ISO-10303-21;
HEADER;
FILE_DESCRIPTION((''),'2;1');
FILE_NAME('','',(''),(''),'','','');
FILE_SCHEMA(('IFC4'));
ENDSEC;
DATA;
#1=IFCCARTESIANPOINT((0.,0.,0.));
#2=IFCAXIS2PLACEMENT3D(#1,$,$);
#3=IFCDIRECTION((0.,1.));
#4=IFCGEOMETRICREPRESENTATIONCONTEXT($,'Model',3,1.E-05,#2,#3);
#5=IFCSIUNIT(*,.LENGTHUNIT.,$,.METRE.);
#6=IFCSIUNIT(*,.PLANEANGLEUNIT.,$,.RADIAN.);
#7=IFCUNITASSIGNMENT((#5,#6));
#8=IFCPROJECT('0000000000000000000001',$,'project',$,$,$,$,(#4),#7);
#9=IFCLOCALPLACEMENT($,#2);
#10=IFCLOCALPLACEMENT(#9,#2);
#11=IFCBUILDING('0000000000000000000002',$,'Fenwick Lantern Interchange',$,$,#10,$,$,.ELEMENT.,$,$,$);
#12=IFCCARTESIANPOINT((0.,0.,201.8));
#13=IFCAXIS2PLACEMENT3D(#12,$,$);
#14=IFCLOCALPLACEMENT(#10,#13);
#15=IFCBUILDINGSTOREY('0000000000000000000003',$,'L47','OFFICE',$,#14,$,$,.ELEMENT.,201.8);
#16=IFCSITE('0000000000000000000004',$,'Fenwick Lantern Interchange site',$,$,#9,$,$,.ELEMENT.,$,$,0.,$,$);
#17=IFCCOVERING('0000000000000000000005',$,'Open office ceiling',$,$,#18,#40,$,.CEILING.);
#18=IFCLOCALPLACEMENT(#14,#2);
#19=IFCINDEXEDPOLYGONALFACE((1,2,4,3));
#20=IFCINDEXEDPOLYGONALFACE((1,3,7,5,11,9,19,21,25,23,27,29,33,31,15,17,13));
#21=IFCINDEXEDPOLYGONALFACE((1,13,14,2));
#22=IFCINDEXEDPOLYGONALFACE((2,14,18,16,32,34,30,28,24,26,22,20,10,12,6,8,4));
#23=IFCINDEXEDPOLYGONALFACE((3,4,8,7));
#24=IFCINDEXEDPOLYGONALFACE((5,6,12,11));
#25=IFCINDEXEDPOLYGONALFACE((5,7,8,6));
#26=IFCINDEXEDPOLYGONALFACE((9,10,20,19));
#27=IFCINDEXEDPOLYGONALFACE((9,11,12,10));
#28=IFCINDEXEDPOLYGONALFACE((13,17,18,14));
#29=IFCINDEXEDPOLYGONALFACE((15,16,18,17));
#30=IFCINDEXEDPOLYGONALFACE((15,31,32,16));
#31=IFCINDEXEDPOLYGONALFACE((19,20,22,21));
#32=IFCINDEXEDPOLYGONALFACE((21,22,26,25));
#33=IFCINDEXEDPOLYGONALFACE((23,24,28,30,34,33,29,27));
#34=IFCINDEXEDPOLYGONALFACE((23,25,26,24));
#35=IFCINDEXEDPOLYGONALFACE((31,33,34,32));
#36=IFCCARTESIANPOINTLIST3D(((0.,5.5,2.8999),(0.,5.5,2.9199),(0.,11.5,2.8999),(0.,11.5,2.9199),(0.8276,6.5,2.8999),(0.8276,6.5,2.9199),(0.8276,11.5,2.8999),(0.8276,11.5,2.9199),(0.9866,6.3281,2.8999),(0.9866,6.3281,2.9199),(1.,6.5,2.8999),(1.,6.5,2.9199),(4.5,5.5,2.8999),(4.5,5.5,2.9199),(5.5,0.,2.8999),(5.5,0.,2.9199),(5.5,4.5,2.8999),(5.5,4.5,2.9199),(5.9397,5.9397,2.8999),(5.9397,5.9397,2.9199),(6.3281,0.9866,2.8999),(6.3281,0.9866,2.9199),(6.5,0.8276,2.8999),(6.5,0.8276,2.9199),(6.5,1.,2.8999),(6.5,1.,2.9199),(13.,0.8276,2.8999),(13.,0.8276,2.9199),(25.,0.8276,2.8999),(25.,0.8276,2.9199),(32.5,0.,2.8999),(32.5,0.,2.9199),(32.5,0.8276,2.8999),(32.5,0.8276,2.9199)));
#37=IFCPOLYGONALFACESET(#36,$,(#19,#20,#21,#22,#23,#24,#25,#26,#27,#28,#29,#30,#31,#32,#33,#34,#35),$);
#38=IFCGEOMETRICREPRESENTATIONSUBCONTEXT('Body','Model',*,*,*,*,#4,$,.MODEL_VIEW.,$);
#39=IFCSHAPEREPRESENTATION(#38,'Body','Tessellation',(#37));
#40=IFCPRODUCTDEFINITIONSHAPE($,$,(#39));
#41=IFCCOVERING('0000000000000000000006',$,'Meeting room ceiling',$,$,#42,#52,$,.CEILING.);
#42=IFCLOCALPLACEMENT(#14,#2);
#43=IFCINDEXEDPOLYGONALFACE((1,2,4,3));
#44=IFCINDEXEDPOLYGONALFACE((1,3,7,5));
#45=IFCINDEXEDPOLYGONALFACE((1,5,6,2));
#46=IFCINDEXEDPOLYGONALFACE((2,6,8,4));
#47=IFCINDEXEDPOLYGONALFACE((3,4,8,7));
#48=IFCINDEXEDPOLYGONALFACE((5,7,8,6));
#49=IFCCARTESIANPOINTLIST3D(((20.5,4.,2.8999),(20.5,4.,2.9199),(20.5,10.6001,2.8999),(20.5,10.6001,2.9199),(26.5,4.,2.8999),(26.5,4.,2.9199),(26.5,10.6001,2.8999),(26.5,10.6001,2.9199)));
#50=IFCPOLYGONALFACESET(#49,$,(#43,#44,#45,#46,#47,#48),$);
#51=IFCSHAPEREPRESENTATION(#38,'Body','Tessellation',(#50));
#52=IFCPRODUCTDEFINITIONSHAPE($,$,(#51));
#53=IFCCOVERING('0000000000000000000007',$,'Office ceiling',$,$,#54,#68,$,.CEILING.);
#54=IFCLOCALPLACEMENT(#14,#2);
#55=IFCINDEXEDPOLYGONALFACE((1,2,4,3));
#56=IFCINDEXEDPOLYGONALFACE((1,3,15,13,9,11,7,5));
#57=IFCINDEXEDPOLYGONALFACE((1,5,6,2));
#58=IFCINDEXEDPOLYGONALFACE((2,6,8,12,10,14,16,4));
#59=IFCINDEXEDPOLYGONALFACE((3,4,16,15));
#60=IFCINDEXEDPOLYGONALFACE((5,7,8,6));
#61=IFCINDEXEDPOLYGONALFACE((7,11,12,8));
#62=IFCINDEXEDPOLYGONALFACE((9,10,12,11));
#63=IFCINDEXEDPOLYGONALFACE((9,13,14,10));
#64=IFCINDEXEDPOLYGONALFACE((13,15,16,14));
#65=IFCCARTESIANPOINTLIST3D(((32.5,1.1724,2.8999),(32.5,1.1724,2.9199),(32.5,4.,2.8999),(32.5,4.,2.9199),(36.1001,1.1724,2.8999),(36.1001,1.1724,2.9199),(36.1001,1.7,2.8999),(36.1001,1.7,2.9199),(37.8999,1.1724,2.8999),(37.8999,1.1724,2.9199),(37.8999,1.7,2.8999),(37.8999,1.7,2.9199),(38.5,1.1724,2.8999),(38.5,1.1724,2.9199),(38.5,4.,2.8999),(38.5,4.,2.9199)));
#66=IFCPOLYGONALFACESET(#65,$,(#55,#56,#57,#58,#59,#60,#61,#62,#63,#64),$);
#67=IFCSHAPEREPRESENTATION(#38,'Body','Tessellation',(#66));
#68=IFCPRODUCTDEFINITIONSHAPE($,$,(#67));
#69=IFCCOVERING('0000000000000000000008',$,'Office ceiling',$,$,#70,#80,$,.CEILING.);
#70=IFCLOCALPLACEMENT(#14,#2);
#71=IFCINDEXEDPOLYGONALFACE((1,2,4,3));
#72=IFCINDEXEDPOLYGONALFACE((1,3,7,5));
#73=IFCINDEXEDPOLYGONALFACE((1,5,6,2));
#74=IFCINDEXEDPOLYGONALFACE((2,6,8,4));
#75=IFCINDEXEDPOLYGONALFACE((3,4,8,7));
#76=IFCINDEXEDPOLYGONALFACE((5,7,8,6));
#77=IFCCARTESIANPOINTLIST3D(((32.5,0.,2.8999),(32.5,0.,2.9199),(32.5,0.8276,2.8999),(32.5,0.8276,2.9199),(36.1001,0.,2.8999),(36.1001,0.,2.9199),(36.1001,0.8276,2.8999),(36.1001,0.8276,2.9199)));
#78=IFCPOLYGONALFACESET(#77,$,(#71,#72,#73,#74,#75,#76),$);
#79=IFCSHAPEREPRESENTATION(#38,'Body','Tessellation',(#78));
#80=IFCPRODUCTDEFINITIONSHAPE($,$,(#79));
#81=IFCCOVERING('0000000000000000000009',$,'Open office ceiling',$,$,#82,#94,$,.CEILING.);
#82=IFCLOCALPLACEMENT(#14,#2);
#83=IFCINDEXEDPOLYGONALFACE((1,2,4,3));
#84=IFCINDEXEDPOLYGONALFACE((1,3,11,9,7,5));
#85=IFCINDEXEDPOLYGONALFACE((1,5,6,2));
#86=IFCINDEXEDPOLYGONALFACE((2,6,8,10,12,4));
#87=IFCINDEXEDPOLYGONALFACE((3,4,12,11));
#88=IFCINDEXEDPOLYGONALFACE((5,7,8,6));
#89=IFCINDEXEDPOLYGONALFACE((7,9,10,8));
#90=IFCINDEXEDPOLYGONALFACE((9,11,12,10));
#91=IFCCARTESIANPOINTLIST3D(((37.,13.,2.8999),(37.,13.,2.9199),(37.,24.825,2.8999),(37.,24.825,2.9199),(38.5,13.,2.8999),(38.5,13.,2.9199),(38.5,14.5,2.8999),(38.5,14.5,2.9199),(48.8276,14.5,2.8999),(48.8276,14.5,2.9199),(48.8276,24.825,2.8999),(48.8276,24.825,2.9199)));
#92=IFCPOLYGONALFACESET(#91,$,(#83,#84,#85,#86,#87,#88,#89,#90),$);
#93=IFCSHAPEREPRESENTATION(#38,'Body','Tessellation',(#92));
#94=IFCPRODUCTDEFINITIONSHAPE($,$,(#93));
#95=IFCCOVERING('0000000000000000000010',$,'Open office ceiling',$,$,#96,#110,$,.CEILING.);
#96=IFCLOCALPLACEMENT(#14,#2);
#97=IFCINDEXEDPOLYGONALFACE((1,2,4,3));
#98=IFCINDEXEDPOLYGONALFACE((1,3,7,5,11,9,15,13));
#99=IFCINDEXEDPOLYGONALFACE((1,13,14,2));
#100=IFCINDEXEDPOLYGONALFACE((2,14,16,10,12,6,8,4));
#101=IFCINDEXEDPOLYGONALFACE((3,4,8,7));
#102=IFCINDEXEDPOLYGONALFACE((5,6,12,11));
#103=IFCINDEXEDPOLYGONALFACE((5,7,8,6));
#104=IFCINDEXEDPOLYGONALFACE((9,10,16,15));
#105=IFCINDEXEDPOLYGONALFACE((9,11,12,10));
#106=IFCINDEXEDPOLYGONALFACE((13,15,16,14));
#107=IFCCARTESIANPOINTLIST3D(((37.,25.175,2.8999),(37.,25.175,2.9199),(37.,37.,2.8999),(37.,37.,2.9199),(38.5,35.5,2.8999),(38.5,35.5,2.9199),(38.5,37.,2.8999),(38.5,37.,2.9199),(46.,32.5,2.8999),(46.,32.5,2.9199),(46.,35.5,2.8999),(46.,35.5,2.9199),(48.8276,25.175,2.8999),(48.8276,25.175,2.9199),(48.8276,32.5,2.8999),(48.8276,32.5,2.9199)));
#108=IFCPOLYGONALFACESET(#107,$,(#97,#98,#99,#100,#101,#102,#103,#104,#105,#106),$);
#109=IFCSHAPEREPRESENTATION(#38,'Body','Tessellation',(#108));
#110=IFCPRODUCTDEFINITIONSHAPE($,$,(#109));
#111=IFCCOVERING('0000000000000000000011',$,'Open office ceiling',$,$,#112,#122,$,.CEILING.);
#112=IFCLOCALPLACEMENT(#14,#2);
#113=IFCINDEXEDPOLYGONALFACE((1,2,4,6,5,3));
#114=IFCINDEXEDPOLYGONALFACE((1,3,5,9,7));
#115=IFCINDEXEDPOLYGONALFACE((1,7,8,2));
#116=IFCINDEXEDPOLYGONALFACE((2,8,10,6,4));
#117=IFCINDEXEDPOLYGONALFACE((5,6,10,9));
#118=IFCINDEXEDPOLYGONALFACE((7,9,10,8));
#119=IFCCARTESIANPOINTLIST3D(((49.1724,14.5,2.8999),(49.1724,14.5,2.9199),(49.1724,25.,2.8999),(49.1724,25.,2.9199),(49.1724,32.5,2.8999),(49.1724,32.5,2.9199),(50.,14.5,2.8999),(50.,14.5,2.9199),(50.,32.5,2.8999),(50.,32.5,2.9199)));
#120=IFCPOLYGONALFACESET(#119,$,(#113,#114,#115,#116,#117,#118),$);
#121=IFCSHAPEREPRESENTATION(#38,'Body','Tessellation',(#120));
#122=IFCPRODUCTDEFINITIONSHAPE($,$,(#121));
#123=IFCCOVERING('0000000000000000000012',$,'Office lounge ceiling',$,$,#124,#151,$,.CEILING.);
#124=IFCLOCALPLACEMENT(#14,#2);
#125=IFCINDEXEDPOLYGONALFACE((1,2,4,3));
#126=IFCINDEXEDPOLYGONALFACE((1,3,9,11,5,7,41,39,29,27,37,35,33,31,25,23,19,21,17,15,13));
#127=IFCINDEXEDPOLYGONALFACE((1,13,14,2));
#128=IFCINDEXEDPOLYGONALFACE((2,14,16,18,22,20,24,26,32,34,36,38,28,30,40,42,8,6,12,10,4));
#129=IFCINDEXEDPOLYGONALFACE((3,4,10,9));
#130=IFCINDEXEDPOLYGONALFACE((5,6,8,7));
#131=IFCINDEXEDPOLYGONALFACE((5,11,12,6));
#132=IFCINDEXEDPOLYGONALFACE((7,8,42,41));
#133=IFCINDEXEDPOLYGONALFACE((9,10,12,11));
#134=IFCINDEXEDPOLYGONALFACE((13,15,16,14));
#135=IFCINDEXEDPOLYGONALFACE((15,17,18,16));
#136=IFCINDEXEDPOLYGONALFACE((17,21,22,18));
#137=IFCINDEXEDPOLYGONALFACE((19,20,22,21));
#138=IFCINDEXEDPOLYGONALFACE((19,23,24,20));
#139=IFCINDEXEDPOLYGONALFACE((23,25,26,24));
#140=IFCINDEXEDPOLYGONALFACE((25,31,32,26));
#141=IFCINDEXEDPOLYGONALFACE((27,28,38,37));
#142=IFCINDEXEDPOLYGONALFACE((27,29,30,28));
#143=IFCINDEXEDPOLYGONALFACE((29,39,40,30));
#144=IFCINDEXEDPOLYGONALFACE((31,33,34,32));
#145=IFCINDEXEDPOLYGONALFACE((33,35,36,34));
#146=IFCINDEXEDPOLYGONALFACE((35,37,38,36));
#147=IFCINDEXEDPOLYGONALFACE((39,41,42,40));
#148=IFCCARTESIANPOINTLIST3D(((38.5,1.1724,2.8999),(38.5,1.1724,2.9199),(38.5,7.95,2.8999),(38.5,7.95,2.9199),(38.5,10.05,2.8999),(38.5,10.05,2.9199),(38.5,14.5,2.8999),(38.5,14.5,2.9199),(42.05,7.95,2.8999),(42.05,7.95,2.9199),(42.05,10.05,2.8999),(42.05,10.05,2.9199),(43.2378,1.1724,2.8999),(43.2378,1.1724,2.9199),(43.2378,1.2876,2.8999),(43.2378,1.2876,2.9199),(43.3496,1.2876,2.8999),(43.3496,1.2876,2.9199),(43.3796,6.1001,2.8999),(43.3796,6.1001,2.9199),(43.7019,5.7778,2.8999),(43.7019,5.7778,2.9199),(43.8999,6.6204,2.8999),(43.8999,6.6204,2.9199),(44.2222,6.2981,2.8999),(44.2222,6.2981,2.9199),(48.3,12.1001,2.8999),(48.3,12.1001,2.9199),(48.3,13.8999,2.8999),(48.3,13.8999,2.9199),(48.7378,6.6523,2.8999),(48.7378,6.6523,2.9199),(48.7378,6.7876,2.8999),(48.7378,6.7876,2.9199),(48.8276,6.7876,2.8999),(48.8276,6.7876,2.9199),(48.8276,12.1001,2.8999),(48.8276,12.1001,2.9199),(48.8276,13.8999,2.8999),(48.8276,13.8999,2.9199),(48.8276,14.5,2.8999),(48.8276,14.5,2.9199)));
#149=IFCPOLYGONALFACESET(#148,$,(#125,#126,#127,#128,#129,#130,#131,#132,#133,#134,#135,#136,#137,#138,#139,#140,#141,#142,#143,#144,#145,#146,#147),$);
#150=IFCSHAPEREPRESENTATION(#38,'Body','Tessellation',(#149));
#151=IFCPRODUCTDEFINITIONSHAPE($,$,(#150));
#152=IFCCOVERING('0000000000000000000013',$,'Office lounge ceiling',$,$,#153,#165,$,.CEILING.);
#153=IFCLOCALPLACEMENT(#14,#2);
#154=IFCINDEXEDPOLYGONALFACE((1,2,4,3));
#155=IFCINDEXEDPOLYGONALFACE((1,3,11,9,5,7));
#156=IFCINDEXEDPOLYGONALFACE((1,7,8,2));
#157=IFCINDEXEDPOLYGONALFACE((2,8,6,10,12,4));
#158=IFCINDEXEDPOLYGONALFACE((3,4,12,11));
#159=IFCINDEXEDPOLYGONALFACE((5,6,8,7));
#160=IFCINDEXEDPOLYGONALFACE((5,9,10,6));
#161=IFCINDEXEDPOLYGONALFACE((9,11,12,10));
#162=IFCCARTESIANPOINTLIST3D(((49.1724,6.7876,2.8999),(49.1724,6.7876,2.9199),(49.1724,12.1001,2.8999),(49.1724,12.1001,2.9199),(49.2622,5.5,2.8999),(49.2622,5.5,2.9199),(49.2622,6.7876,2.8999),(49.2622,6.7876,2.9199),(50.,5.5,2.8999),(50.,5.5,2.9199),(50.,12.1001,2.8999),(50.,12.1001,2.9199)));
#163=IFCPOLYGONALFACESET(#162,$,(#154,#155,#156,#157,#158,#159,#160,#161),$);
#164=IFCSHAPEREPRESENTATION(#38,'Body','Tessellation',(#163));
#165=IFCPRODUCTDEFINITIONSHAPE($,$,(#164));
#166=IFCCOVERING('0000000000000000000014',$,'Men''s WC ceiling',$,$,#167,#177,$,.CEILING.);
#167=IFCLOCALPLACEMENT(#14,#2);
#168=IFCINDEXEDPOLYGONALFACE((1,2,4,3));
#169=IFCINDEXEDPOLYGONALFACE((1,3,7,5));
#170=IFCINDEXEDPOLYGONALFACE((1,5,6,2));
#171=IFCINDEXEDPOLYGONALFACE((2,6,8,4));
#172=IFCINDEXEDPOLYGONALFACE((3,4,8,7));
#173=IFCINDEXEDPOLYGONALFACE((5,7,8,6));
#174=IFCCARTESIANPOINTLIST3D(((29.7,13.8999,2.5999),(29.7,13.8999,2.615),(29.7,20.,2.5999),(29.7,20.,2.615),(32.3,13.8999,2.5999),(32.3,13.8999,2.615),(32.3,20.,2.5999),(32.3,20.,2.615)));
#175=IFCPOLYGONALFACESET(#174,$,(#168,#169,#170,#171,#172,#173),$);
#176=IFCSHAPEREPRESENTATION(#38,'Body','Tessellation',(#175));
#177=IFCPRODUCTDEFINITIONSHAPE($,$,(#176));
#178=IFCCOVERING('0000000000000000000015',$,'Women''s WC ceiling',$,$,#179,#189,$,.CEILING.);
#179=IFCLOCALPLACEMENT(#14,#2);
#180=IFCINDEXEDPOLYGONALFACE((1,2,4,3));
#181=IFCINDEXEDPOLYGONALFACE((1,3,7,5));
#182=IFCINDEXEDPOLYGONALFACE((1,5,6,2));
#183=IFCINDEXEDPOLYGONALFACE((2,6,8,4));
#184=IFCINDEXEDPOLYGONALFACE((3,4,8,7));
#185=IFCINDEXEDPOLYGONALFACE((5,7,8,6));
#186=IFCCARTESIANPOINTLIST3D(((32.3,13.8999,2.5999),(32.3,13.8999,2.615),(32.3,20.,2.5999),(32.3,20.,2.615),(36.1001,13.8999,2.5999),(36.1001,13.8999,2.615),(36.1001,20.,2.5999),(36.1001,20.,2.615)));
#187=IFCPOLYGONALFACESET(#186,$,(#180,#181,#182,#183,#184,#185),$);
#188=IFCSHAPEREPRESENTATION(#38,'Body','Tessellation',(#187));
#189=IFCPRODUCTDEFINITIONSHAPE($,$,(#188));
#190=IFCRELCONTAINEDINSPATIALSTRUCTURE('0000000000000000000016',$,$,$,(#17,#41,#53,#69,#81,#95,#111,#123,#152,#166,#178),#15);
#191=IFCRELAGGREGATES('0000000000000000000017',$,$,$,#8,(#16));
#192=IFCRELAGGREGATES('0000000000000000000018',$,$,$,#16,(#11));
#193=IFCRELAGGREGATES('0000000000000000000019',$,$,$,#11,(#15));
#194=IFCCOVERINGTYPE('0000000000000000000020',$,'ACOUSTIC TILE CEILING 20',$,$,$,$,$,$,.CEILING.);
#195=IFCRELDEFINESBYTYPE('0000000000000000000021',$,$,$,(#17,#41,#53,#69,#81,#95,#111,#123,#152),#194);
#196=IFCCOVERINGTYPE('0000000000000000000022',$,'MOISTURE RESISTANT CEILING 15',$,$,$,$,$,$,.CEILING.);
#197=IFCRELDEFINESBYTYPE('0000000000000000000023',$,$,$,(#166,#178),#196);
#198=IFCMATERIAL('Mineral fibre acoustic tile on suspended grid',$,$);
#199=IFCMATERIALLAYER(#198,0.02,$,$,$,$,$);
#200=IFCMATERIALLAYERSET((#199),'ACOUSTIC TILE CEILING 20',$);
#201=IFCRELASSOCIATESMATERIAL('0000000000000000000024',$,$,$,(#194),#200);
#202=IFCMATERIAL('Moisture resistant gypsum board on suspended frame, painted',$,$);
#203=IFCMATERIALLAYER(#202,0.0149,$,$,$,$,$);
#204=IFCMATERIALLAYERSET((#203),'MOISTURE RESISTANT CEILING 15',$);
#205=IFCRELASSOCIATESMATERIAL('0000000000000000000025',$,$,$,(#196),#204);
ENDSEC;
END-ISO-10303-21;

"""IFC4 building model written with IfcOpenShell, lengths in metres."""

from ifc_helpers import new_model, si_unit, direction, frame, origin, place, context, subcontext, project, spatial, polyline, outline, extrude, material, layer, layer_set, type_object, element, save


model = new_model("IFC4")

# Units and contexts
model_context = context("Model", 3, precision=1e-05, world=origin(), true_north=direction((0.0, 1.0)))
body_context = subcontext(model_context, "Body", "Model", "MODEL_VIEW")
ifc_project = project(units=[si_unit("LENGTHUNIT", "METRE"), si_unit("PLANEANGLEUNIT", "RADIAN")], contexts=[model_context])

# Site, building, storey
site_placement = place(None, origin())
site = spatial("IfcSite", under=ifc_project, at=site_placement, Name="Fenwick Lantern Interchange site", CompositionType="ELEMENT", RefElevation=0.0)
building_placement = place(site_placement, origin())
building = spatial("IfcBuilding", under=site, at=building_placement, Name="Fenwick Lantern Interchange", CompositionType="ELEMENT")
storey_placement = place(building_placement, frame((0.0, 0.0, 201.8)))
storey = spatial("IfcBuildingStorey", under=building, at=storey_placement, Name="L47", Description="OFFICE", CompositionType="ELEMENT", Elevation=201.8)

# Coverings
ifc_material_1 = material(Name="Mineral fibre acoustic tile on suspended grid")
ifc_layer_1 = layer(ifc_material_1, 0.02)
ifc_layer_set_1 = layer_set([ifc_layer_1], Name="ACOUSTIC TILE CEILING 20")
covering_type_1 = type_object("IfcCoveringType", Name="ACOUSTIC TILE CEILING 20", PredefinedType="CEILING", material=ifc_layer_set_1)
covering_1_placement = place(storey_placement, frame((0.0, 0.0, 2.8999)))
element("IfcCovering", 1, at=covering_1_placement, inside=storey, type_object=covering_type_1, Name="Open office ceiling", PredefinedType="CEILING", context=body_context, shape_type="SweptSolid", body=[
    extrude(outline(polyline([(32.5, 0.0), (32.5, 0.8276), (25.0, 0.8276), (13.0, 0.8276), (6.5, 0.8276), (6.5, 1.0), (6.3281, 0.9866), (5.9397, 5.9397), (0.9866, 6.3281), (1.0, 6.5), (0.8276, 6.5), (0.8276, 11.5), (0.0, 11.5), (0.0, 5.5), (4.5, 5.5), (5.5, 4.5), (5.5, 0.0), (32.5, 0.0)])), origin(), (0.0, 0.0, 1.0), 0.02),
])
covering_2_placement = place(storey_placement, frame((0.0, 0.0, 2.8999)))
element("IfcCovering", 2, at=covering_2_placement, inside=storey, type_object=covering_type_1, Name="Meeting room ceiling", PredefinedType="CEILING", context=body_context, shape_type="SweptSolid", body=[
    extrude(outline(polyline([(20.5, 4.0), (26.5, 4.0), (26.5, 10.6001), (20.5, 10.6001), (20.5, 4.0)])), origin(), (0.0, 0.0, 1.0), 0.02),
])
covering_3_placement = place(storey_placement, frame((0.0, 0.0, 2.8999)))
element("IfcCovering", 3, at=covering_3_placement, inside=storey, type_object=covering_type_1, Name="Office ceiling", PredefinedType="CEILING", context=body_context, shape_type="SweptSolid", body=[
    extrude(outline(polyline([(32.5, 4.0), (32.5, 1.1724), (36.1001, 1.1724), (36.1001, 1.7), (37.8999, 1.7), (37.8999, 1.1724), (38.5, 1.1724), (38.5, 4.0), (32.5, 4.0)])), origin(), (0.0, 0.0, 1.0), 0.02),
])
covering_4_placement = place(storey_placement, frame((0.0, 0.0, 2.8999)))
element("IfcCovering", 4, at=covering_4_placement, inside=storey, type_object=covering_type_1, Name="Office ceiling", PredefinedType="CEILING", context=body_context, shape_type="SweptSolid", body=[
    extrude(outline(polyline([(32.5, 0.8276), (32.5, 0.0), (36.1001, 0.0), (36.1001, 0.8276), (32.5, 0.8276)])), origin(), (0.0, 0.0, 1.0), 0.02),
])
covering_5_placement = place(storey_placement, frame((0.0, 0.0, 2.8999)))
element("IfcCovering", 5, at=covering_5_placement, inside=storey, type_object=covering_type_1, Name="Open office ceiling", PredefinedType="CEILING", context=body_context, shape_type="SweptSolid", body=[
    extrude(outline(polyline([(38.5, 14.5), (48.8276, 14.5), (48.8276, 24.825), (37.0, 24.825), (37.0, 13.0), (38.5, 13.0), (38.5, 14.5)])), origin(), (0.0, 0.0, 1.0), 0.02),
])
covering_6_placement = place(storey_placement, frame((0.0, 0.0, 2.8999)))
element("IfcCovering", 6, at=covering_6_placement, inside=storey, type_object=covering_type_1, Name="Open office ceiling", PredefinedType="CEILING", context=body_context, shape_type="SweptSolid", body=[
    extrude(outline(polyline([(46.0, 32.5), (46.0, 35.5), (38.5, 35.5), (38.5, 37.0), (37.0, 37.0), (37.0, 25.175), (48.8276, 25.175), (48.8276, 32.5), (46.0, 32.5)])), origin(), (0.0, 0.0, 1.0), 0.02),
])
covering_7_placement = place(storey_placement, frame((0.0, 0.0, 2.8999)))
element("IfcCovering", 7, at=covering_7_placement, inside=storey, type_object=covering_type_1, Name="Open office ceiling", PredefinedType="CEILING", context=body_context, shape_type="SweptSolid", body=[
    extrude(outline(polyline([(50.0, 32.5), (49.1724, 32.5), (49.1724, 25.0), (49.1724, 14.5), (50.0, 14.5), (50.0, 32.5)])), origin(), (0.0, 0.0, 1.0), 0.02),
])
covering_8_placement = place(storey_placement, frame((0.0, 0.0, 2.8999)))
element("IfcCovering", 8, at=covering_8_placement, inside=storey, type_object=covering_type_1, Name="Office lounge ceiling", PredefinedType="CEILING", context=body_context, shape_type="SweptSolid", body=[
    extrude(outline(polyline([(43.2378, 1.2876), (43.3496, 1.2876), (43.7019, 5.7778), (43.3796, 6.1001), (43.8999, 6.6204), (44.2222, 6.2981), (48.7378, 6.6523), (48.7378, 6.7876), (48.8276, 6.7876), (48.8276, 12.1001), (48.3, 12.1001), (48.3, 13.8999), (48.8276, 13.8999), (48.8276, 14.5), (38.5, 14.5), (38.5, 10.05), (42.05, 10.05), (42.05, 7.95), (38.5, 7.95), (38.5, 1.1724), (43.2378, 1.1724), (43.2378, 1.2876)])), origin(), (0.0, 0.0, 1.0), 0.02),
])
covering_9_placement = place(storey_placement, frame((0.0, 0.0, 2.8999)))
element("IfcCovering", 9, at=covering_9_placement, inside=storey, type_object=covering_type_1, Name="Office lounge ceiling", PredefinedType="CEILING", context=body_context, shape_type="SweptSolid", body=[
    extrude(outline(polyline([(50.0, 12.1001), (49.1724, 12.1001), (49.1724, 6.7876), (49.2622, 6.7876), (49.2622, 5.5), (50.0, 5.5), (50.0, 12.1001)])), origin(), (0.0, 0.0, 1.0), 0.02),
])
ifc_material_2 = material(Name="Moisture resistant gypsum board on suspended frame, painted")
ifc_layer_2 = layer(ifc_material_2, 0.0149)
ifc_layer_set_2 = layer_set([ifc_layer_2], Name="MOISTURE RESISTANT CEILING 15")
covering_type_2 = type_object("IfcCoveringType", Name="MOISTURE RESISTANT CEILING 15", PredefinedType="CEILING", material=ifc_layer_set_2)
covering_10_placement = place(storey_placement, frame((0.0, 0.0, 2.5999)))
element("IfcCovering", 10, at=covering_10_placement, inside=storey, type_object=covering_type_2, Name="Men's WC ceiling", PredefinedType="CEILING", context=body_context, shape_type="SweptSolid", body=[
    extrude(outline(polyline([(29.7, 13.8999), (32.3, 13.8999), (32.3, 20.0), (29.7, 20.0), (29.7, 13.8999)])), origin(), (0.0, 0.0, 1.0), 0.0151),
])
covering_11_placement = place(storey_placement, frame((0.0, 0.0, 2.5999)))
element("IfcCovering", 11, at=covering_11_placement, inside=storey, type_object=covering_type_2, Name="Women's WC ceiling", PredefinedType="CEILING", context=body_context, shape_type="SweptSolid", body=[
    extrude(outline(polyline([(32.3, 13.8999), (36.1001, 13.8999), (36.1001, 20.0), (32.3, 20.0), (32.3, 13.8999)])), origin(), (0.0, 0.0, 1.0), 0.0151),
])

save(model, "model.ifc")
